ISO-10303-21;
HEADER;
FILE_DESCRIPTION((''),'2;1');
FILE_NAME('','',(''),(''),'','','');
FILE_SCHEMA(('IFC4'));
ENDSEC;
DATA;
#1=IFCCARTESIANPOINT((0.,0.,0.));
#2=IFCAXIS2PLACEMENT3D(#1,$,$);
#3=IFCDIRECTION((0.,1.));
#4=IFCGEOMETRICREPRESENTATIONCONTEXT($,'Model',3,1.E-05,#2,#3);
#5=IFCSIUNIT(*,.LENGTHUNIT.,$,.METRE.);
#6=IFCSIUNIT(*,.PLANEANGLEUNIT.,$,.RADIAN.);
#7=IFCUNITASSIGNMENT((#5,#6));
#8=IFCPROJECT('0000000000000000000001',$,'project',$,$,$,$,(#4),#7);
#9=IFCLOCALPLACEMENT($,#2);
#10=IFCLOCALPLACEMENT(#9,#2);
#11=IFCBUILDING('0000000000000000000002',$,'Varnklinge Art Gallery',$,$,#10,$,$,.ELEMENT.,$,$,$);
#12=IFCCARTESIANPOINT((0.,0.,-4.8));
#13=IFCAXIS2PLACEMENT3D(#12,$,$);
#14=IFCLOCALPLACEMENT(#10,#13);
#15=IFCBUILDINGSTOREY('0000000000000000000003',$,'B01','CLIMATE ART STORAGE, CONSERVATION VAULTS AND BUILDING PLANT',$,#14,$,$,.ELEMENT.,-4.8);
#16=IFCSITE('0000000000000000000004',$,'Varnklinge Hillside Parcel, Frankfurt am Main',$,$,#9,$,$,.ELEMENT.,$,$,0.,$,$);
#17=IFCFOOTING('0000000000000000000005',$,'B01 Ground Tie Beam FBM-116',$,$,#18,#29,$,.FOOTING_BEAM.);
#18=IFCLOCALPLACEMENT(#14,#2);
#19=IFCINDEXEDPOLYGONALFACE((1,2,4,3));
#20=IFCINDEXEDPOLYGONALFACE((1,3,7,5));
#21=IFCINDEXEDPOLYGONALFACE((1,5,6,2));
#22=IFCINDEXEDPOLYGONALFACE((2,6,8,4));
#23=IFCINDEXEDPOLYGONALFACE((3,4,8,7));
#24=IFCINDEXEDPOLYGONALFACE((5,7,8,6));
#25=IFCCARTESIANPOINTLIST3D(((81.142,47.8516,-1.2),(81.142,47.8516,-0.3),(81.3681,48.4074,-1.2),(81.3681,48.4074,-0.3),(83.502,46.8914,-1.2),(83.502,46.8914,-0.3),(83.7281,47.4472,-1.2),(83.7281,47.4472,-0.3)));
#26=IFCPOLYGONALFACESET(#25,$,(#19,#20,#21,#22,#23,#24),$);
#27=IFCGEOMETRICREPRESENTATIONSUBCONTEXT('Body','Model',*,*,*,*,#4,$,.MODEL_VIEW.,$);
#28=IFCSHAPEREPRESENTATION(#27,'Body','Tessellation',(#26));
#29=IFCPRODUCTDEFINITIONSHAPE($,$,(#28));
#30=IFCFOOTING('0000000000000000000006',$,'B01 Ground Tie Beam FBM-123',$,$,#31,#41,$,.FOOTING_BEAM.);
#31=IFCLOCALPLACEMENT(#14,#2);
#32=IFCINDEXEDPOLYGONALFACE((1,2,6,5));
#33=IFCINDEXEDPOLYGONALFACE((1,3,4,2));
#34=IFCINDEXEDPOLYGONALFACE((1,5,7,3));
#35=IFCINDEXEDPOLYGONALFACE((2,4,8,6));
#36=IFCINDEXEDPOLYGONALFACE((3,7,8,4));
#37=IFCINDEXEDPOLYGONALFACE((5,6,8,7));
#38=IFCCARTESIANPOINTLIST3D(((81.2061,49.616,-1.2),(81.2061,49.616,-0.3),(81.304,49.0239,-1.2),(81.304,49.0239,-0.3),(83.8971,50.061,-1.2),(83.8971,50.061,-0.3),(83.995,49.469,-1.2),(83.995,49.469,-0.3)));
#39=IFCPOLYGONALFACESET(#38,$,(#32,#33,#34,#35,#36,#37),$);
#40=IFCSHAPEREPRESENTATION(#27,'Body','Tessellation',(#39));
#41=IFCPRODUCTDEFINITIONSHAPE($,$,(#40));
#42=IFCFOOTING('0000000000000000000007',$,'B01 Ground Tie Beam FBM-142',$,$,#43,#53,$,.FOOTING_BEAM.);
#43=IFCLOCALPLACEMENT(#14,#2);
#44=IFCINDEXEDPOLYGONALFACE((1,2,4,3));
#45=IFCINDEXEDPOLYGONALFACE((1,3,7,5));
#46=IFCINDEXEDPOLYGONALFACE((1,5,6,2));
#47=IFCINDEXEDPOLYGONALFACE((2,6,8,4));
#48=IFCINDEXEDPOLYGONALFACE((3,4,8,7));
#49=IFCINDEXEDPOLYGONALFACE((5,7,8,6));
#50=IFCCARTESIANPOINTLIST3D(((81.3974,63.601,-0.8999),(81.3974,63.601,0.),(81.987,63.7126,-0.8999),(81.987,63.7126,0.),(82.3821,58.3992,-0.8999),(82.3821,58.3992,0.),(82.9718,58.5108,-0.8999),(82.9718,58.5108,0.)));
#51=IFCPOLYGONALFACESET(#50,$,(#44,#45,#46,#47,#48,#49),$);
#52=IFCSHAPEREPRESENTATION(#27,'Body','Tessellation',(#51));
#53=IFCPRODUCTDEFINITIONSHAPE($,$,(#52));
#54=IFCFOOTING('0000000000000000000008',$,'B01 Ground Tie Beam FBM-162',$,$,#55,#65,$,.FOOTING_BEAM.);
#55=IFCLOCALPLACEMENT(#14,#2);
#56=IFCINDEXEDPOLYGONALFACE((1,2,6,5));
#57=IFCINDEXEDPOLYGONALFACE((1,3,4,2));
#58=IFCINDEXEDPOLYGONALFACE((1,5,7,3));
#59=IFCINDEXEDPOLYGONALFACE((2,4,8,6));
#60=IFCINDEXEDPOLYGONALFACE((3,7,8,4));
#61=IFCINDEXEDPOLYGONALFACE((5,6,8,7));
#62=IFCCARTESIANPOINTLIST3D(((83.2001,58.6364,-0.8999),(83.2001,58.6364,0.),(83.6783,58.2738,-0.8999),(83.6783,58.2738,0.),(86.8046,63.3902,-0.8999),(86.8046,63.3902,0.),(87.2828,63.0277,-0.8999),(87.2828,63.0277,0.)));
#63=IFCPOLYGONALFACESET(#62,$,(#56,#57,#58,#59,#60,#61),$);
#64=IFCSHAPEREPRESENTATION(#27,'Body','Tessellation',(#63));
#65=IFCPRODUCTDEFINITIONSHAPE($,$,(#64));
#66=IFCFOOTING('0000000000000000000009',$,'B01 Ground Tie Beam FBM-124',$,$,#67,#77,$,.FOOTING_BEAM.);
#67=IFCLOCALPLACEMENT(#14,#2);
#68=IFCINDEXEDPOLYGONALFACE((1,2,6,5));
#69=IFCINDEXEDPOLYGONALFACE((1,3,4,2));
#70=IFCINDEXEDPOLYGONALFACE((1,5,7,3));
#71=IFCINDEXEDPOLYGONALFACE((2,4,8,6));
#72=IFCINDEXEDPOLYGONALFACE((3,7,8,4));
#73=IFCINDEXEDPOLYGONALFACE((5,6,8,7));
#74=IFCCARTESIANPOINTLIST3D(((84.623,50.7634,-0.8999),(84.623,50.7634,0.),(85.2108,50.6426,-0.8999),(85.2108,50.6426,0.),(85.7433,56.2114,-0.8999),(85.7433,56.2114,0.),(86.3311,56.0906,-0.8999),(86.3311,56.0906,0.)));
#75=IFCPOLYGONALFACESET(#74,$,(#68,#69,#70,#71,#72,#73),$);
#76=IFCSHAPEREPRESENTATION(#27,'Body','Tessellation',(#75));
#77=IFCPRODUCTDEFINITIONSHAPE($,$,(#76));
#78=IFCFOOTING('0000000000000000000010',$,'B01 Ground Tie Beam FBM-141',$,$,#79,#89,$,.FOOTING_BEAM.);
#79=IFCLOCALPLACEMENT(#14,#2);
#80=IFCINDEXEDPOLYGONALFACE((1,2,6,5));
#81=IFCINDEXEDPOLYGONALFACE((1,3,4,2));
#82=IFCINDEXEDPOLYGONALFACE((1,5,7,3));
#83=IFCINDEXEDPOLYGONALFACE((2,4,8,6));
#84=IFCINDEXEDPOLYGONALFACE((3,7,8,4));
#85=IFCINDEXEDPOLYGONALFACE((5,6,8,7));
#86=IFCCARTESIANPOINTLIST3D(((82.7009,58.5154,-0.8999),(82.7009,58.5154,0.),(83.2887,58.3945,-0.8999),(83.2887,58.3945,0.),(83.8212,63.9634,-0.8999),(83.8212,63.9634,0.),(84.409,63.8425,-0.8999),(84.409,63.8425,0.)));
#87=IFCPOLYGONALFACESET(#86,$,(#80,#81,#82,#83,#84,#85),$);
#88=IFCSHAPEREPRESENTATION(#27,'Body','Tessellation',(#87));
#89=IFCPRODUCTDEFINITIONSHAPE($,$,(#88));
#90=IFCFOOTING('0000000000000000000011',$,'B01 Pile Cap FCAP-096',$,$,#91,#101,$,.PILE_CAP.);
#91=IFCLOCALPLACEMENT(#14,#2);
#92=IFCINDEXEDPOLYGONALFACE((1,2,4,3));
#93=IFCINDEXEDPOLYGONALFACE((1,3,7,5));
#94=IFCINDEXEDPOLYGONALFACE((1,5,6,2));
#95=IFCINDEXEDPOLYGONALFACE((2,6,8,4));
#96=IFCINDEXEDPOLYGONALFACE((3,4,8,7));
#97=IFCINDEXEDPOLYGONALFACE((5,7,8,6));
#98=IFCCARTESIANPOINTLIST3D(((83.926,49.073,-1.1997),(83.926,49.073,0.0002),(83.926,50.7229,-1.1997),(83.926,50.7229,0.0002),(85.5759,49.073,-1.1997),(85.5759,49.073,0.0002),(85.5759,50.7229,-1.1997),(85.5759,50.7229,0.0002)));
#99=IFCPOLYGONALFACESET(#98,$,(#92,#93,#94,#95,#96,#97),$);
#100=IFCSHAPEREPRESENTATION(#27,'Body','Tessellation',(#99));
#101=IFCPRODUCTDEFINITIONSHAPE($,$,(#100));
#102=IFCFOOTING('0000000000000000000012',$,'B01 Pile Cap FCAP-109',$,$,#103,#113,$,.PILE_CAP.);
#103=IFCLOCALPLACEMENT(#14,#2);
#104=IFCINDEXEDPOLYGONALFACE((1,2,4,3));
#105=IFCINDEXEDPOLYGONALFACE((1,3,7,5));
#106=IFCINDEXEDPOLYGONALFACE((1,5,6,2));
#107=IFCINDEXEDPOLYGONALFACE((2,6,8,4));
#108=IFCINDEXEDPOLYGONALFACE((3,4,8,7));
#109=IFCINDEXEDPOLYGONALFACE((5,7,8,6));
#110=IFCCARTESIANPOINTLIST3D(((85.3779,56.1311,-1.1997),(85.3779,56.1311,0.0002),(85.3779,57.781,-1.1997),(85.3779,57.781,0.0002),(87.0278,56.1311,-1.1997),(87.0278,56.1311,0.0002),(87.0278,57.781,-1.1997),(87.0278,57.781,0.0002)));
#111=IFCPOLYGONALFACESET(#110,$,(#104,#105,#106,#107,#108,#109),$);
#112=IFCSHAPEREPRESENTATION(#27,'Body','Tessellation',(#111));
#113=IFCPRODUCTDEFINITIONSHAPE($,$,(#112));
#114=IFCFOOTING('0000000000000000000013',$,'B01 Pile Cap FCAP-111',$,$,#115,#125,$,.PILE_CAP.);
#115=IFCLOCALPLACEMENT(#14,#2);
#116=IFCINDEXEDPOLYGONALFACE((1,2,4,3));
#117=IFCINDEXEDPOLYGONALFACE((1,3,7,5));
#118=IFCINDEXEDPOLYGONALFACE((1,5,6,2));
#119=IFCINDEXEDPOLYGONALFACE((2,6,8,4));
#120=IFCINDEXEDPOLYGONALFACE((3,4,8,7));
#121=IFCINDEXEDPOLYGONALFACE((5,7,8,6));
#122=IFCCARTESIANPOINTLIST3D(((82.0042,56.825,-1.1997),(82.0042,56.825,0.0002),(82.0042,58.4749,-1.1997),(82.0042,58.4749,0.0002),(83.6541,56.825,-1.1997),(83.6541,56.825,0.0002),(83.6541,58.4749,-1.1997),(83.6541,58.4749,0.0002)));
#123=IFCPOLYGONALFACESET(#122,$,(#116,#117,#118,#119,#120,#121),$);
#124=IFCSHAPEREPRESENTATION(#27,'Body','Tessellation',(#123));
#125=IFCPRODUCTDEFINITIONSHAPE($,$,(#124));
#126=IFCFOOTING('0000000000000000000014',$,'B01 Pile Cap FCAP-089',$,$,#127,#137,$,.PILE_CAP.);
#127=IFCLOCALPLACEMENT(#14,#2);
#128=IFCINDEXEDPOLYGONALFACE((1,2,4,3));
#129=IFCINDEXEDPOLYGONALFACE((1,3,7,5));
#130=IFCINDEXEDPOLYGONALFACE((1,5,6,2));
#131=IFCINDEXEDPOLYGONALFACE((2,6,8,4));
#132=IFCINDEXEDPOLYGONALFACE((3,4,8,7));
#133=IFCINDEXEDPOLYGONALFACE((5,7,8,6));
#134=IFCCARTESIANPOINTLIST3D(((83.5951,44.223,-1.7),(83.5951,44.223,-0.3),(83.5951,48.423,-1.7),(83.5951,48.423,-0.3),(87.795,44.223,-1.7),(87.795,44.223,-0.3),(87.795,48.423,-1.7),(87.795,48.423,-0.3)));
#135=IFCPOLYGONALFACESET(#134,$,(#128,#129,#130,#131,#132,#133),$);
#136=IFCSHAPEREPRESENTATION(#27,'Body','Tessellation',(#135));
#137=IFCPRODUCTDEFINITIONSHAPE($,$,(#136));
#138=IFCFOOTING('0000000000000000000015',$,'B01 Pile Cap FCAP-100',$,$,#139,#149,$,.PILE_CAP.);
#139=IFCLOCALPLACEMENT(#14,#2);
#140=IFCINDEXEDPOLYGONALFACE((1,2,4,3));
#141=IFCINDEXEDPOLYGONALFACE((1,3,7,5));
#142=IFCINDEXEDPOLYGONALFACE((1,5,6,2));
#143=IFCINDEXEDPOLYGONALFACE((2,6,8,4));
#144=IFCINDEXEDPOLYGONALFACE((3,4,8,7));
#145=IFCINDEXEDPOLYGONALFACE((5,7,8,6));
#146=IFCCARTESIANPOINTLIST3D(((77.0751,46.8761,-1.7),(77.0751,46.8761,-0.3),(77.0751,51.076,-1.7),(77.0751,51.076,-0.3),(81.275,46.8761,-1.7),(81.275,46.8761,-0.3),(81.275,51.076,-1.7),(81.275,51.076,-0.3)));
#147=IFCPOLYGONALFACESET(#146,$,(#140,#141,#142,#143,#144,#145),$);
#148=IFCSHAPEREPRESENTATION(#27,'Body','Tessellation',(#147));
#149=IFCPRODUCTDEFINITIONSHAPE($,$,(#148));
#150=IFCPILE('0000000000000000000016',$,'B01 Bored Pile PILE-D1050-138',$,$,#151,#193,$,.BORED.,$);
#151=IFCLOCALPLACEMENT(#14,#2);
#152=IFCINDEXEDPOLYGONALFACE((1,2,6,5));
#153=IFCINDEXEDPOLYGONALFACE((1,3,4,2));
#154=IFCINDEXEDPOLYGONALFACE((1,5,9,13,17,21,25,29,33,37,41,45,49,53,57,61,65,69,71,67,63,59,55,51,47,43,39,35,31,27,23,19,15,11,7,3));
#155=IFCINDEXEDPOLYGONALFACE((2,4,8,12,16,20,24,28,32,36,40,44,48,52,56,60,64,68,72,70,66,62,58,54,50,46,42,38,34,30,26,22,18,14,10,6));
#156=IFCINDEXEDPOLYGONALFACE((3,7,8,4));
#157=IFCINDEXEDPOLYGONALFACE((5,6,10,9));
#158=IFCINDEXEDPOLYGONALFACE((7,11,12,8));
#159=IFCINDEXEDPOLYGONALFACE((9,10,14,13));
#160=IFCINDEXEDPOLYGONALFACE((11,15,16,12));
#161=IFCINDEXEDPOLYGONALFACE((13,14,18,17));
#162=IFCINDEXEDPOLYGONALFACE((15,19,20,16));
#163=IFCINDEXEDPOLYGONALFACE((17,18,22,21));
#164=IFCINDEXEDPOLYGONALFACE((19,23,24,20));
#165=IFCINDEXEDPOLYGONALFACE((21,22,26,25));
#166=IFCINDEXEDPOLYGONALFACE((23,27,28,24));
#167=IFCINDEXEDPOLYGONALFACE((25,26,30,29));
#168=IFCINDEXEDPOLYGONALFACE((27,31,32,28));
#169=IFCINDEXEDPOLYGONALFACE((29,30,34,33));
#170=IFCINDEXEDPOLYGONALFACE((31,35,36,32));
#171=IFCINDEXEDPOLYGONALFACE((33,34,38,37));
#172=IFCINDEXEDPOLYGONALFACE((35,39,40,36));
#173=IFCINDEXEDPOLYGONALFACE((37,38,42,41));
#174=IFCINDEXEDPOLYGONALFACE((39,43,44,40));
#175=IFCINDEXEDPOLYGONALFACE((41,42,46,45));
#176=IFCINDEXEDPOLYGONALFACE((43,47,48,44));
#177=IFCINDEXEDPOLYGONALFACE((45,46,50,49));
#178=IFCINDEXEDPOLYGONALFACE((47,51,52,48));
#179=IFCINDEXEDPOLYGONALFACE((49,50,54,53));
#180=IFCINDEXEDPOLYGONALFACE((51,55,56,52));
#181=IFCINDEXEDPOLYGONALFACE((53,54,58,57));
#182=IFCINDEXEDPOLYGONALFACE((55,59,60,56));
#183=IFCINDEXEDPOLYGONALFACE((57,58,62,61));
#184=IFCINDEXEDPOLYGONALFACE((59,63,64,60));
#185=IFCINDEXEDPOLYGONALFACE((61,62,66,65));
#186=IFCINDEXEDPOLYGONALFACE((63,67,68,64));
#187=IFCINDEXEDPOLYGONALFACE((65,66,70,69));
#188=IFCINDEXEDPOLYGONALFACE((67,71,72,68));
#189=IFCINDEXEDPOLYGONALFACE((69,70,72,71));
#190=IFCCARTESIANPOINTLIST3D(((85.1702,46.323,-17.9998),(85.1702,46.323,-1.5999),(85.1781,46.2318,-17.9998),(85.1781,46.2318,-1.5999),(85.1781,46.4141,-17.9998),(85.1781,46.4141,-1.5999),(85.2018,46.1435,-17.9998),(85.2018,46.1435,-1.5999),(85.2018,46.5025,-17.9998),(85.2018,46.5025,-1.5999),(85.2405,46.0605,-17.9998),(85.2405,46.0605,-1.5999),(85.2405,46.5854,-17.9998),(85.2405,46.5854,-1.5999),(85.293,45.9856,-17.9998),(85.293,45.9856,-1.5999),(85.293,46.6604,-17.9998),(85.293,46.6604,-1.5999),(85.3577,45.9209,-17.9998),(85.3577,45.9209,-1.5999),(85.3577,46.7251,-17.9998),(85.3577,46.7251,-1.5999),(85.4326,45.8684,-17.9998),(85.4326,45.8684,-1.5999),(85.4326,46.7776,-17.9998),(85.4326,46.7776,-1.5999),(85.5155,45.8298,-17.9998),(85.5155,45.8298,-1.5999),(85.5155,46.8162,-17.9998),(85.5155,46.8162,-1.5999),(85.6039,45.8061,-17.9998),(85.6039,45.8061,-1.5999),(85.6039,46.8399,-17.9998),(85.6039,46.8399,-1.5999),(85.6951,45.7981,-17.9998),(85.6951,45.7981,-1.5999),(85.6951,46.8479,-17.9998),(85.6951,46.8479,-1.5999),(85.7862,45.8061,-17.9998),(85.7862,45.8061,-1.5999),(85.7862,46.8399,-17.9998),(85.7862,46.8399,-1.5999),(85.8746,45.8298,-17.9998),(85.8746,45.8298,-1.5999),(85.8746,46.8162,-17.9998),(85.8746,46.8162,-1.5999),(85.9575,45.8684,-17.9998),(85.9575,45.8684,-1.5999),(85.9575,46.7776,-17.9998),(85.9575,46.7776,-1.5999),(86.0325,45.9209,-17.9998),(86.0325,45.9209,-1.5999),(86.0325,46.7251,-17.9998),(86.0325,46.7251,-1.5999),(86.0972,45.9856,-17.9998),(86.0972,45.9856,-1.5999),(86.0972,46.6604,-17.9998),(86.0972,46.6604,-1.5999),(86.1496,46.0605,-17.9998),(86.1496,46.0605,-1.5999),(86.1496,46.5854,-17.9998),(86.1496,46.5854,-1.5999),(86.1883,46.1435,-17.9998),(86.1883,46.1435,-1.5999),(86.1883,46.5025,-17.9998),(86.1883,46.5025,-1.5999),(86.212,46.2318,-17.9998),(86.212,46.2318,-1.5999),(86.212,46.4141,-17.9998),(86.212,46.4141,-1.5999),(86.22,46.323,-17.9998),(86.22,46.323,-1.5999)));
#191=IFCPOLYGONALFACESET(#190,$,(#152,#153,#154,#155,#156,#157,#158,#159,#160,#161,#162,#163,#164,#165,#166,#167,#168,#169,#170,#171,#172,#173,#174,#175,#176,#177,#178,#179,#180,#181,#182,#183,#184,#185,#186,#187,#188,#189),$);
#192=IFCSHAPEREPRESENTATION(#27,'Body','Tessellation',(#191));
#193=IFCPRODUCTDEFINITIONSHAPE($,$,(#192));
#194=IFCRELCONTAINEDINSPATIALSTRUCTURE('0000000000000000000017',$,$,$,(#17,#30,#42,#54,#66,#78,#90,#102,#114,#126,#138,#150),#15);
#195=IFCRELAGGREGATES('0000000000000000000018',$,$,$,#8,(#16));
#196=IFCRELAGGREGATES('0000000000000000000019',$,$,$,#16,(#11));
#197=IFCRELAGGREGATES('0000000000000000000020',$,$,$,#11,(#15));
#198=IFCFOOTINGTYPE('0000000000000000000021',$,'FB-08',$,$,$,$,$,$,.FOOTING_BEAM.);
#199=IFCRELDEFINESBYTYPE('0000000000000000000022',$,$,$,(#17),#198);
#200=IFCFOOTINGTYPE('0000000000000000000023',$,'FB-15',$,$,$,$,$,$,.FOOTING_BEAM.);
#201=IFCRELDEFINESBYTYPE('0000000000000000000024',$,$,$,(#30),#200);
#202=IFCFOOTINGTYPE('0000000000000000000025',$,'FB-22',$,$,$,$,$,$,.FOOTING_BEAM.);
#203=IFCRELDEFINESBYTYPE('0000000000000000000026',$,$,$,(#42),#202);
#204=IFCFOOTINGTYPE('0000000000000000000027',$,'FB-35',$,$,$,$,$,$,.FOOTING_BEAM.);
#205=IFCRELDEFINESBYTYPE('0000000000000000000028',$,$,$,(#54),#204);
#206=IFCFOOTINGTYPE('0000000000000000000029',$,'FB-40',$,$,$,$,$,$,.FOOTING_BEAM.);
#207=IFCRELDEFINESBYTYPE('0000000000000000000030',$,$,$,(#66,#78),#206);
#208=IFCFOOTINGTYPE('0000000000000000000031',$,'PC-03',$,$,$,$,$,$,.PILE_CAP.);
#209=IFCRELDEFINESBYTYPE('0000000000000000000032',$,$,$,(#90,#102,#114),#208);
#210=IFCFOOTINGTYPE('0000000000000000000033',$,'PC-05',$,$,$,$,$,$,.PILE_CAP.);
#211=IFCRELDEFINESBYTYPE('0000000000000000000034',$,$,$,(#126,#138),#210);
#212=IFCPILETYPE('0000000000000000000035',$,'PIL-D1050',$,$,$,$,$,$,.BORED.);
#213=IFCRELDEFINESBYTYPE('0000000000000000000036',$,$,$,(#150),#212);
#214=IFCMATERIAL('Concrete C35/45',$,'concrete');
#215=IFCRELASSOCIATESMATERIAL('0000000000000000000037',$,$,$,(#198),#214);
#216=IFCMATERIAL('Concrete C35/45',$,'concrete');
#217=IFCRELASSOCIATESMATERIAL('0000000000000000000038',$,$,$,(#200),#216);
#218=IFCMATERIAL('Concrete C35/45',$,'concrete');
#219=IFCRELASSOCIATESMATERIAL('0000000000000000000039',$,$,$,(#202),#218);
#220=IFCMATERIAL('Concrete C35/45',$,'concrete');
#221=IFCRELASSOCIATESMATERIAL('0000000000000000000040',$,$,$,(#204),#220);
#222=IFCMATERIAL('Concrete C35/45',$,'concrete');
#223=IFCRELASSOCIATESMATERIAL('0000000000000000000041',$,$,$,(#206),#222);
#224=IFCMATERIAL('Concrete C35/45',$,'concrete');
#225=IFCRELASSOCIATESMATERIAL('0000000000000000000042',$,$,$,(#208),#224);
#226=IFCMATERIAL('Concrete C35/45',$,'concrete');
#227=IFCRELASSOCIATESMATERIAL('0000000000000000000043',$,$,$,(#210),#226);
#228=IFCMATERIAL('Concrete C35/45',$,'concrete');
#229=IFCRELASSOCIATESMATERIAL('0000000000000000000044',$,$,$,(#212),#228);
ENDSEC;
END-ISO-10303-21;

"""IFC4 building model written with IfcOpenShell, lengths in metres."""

from ifc_helpers import new_model, si_unit, direction, frame, origin, origin_2d, place, context, subcontext, project, spatial, rectangle, circle, extrude, material, material_profile, profile_set, type_object, element, save


model = new_model("IFC4")

# Units and contexts
model_context = context("Model", 3, precision=1e-05, world=origin(), true_north=direction((0.0, 1.0)))
body_context = subcontext(model_context, "Body", "Model", "MODEL_VIEW")
ifc_project = project(units=[si_unit("LENGTHUNIT", "METRE"), si_unit("PLANEANGLEUNIT", "RADIAN")], contexts=[model_context])

# Site, building, storey
site_placement = place(None, origin())
site = spatial("IfcSite", under=ifc_project, at=site_placement, Name="Varnklinge Hillside Parcel, Frankfurt am Main", CompositionType="ELEMENT", RefElevation=0.0)
building_placement = place(site_placement, origin())
building = spatial("IfcBuilding", under=site, at=building_placement, Name="Varnklinge Art Gallery", CompositionType="ELEMENT")
storey_placement = place(building_placement, frame((0.0, 0.0, -4.8)))
storey = spatial("IfcBuildingStorey", under=building, at=storey_placement, Name="B01", Description="CLIMATE ART STORAGE, CONSERVATION VAULTS AND BUILDING PLANT", CompositionType="ELEMENT", Elevation=-4.8)

# Footings
ifc_material_1 = material(Name="Concrete C35/45", Category="concrete")
footing_type_1 = type_object("IfcFootingType", Name="FB-08", PredefinedType="FOOTING_BEAM", material=ifc_material_1)
footing_1_placement = place(storey_placement, frame((82.4351, 47.6494, -1.2), z_axis=(0.0, 0.0, 1.0), x_axis=(-0.926266, 0.376871, 0.0)))
element("IfcFooting", 1, at=footing_1_placement, inside=storey, type_object=footing_type_1, Name="B01 Ground Tie Beam FBM-116", PredefinedType="FOOTING_BEAM", context=body_context, shape_type="SweptSolid", body=[
    extrude(rectangle(XDim=2.5479, YDim=0.6001, at=origin_2d()), origin(), (0.0, 0.0, 1.0), 0.8999),
])
ifc_material_2 = material(Name="Concrete C35/45", Category="concrete")
footing_type_2 = type_object("IfcFootingType", Name="FB-15", PredefinedType="FOOTING_BEAM", material=ifc_material_2)
footing_2_placement = place(storey_placement, frame((82.6006, 49.5425, -1.2), z_axis=(0.0, 0.0, 1.0), x_axis=(-0.986601, -0.163154, 0.0)))
element("IfcFooting", 2, at=footing_2_placement, inside=storey, type_object=footing_type_2, Name="B01 Ground Tie Beam FBM-123", PredefinedType="FOOTING_BEAM", context=body_context, shape_type="SweptSolid", body=[
    extrude(rectangle(XDim=2.7275, YDim=0.6001, at=origin_2d()), origin(), (0.0, 0.0, 1.0), 0.8999),
])
ifc_material_3 = material(Name="Concrete C35/45", Category="concrete")
footing_type_3 = type_object("IfcFootingType", Name="FB-22", PredefinedType="FOOTING_BEAM", material=ifc_material_3)
footing_3_placement = place(storey_placement, frame((82.1846, 61.0559, -0.8999), z_axis=(0.0, 0.0, 1.0), x_axis=(-0.18601, 0.982548, 0.0)))
element("IfcFooting", 3, at=footing_3_placement, inside=storey, type_object=footing_type_3, Name="B01 Ground Tie Beam FBM-142", PredefinedType="FOOTING_BEAM", context=body_context, shape_type="SweptSolid", body=[
    extrude(rectangle(XDim=5.2942, YDim=0.6001, at=origin_2d()), origin(), (0.0, 0.0, 1.0), 0.8999),
])
ifc_material_4 = material(Name="Concrete C35/45", Category="concrete")
footing_type_4 = type_object("IfcFootingType", Name="FB-35", PredefinedType="FOOTING_BEAM", material=ifc_material_4)
footing_4_placement = place(storey_placement, frame((85.2415, 60.832, -0.8999), z_axis=(0.0, 0.0, 1.0), x_axis=(-0.604182, -0.796846, 0.0)))
element("IfcFooting", 4, at=footing_4_placement, inside=storey, type_object=footing_type_4, Name="B01 Ground Tie Beam FBM-162", PredefinedType="FOOTING_BEAM", context=body_context, shape_type="SweptSolid", body=[
    extrude(rectangle(XDim=5.9658, YDim=0.6001, at=origin_2d()), origin(), (0.0, 0.0, 1.0), 0.8999),
])
ifc_material_5 = material(Name="Concrete C35/45", Category="concrete")
footing_type_5 = type_object("IfcFootingType", Name="FB-40", PredefinedType="FOOTING_BEAM", material=ifc_material_5)
for number, where, z_axis, x_axis, name in (
    (5, (85.4771, 53.427, -0.8999), (0.0, 0.0, 1.0), (0.20142, 0.979505, 0.0), "B01 Ground Tie Beam FBM-124"),
    (6, (83.5549, 61.179, -0.8999), (0.0, 0.0, 1.0), (0.20142, 0.979505, 0.0), "B01 Ground Tie Beam FBM-141"),
):
    element("IfcFooting", number, at=place(storey_placement, frame(where, z_axis=z_axis, x_axis=x_axis)), inside=storey, type_object=footing_type_5, Name=name, PredefinedType="FOOTING_BEAM", context=body_context, shape_type="SweptSolid", body=[
        extrude(rectangle(XDim=5.562, YDim=0.6001, at=origin_2d()), origin(), (0.0, 0.0, 1.0), 0.8999),
    ])
ifc_material_6 = material(Name="Concrete C35/45", Category="concrete")
footing_type_6 = type_object("IfcFootingType", Name="PC-03", PredefinedType="PILE_CAP", material=ifc_material_6)
for number, where, z_axis, x_axis, name in (
    (7, (84.751, 49.8979, -1.1997), (0.0, 0.0, 1.0), (1.0, 0.0, 0.0), "B01 Pile Cap FCAP-096"),
    (8, (86.2029, 56.9561, -1.1997), (0.0, 0.0, 1.0), (1.0, 0.0, 0.0), "B01 Pile Cap FCAP-109"),
    (9, (82.8291, 57.6499, -1.1997), (0.0, 0.0, 1.0), (1.0, 0.0, 0.0), "B01 Pile Cap FCAP-111"),
):
    element("IfcFooting", number, at=place(storey_placement, frame(where, z_axis=z_axis, x_axis=x_axis)), inside=storey, type_object=footing_type_6, Name=name, PredefinedType="PILE_CAP", context=body_context, shape_type="SweptSolid", body=[
        extrude(rectangle(XDim=1.6499, YDim=1.6499, at=origin_2d()), origin(), (0.0, 0.0, 1.0), 1.2),
    ])
ifc_material_7 = material(Name="Concrete C35/45", Category="concrete")
footing_type_7 = type_object("IfcFootingType", Name="PC-05", PredefinedType="PILE_CAP", material=ifc_material_7)
for number, where, z_axis, x_axis, name in (
    (10, (85.6951, 46.323, -1.7), (0.0, 0.0, 1.0), (1.0, 0.0, 0.0), "B01 Pile Cap FCAP-089"),
    (11, (79.175, 48.9761, -1.7), (0.0, 0.0, 1.0), (1.0, 0.0, 0.0), "B01 Pile Cap FCAP-100"),
):
    element("IfcFooting", number, at=place(storey_placement, frame(where, z_axis=z_axis, x_axis=x_axis)), inside=storey, type_object=footing_type_7, Name=name, PredefinedType="PILE_CAP", context=body_context, shape_type="SweptSolid", body=[
        extrude(rectangle(XDim=4.2, YDim=4.2, at=origin_2d()), origin(), (0.0, 0.0, 1.0), 1.3999),
    ])

# Pile
ifc_material_8 = material(Name="Concrete C35/45", Category="concrete")
ifc_material_profile_1 = material_profile(ifc_material_8, circle(Radius=0.5249, at=origin_2d()), Name="PILE D1050")
ifc_profile_set_1 = profile_set([ifc_material_profile_1], Name="Concrete C35/45")
pile_type_1 = type_object("IfcPileType", Name="PIL-D1050", PredefinedType="BORED", material=ifc_profile_set_1)
for number, where, z_axis, x_axis, name in (
    (12, (85.6951, 46.323, -1.5999), (0.0, 0.0, -1.0), (1.0, 0.0, 0.0), "B01 Bored Pile PILE-D1050-138"),
):
    element("IfcPile", number, at=place(storey_placement, frame(where, z_axis=z_axis, x_axis=x_axis)), inside=storey, type_object=pile_type_1, Name=name, PredefinedType="BORED", context=body_context, shape_type="SweptSolid", body=[
        extrude(circle(Radius=0.5249, at=origin_2d()), origin(), (0.0, 0.0, 1.0), 16.3999),
    ])

save(model, "model.ifc")
